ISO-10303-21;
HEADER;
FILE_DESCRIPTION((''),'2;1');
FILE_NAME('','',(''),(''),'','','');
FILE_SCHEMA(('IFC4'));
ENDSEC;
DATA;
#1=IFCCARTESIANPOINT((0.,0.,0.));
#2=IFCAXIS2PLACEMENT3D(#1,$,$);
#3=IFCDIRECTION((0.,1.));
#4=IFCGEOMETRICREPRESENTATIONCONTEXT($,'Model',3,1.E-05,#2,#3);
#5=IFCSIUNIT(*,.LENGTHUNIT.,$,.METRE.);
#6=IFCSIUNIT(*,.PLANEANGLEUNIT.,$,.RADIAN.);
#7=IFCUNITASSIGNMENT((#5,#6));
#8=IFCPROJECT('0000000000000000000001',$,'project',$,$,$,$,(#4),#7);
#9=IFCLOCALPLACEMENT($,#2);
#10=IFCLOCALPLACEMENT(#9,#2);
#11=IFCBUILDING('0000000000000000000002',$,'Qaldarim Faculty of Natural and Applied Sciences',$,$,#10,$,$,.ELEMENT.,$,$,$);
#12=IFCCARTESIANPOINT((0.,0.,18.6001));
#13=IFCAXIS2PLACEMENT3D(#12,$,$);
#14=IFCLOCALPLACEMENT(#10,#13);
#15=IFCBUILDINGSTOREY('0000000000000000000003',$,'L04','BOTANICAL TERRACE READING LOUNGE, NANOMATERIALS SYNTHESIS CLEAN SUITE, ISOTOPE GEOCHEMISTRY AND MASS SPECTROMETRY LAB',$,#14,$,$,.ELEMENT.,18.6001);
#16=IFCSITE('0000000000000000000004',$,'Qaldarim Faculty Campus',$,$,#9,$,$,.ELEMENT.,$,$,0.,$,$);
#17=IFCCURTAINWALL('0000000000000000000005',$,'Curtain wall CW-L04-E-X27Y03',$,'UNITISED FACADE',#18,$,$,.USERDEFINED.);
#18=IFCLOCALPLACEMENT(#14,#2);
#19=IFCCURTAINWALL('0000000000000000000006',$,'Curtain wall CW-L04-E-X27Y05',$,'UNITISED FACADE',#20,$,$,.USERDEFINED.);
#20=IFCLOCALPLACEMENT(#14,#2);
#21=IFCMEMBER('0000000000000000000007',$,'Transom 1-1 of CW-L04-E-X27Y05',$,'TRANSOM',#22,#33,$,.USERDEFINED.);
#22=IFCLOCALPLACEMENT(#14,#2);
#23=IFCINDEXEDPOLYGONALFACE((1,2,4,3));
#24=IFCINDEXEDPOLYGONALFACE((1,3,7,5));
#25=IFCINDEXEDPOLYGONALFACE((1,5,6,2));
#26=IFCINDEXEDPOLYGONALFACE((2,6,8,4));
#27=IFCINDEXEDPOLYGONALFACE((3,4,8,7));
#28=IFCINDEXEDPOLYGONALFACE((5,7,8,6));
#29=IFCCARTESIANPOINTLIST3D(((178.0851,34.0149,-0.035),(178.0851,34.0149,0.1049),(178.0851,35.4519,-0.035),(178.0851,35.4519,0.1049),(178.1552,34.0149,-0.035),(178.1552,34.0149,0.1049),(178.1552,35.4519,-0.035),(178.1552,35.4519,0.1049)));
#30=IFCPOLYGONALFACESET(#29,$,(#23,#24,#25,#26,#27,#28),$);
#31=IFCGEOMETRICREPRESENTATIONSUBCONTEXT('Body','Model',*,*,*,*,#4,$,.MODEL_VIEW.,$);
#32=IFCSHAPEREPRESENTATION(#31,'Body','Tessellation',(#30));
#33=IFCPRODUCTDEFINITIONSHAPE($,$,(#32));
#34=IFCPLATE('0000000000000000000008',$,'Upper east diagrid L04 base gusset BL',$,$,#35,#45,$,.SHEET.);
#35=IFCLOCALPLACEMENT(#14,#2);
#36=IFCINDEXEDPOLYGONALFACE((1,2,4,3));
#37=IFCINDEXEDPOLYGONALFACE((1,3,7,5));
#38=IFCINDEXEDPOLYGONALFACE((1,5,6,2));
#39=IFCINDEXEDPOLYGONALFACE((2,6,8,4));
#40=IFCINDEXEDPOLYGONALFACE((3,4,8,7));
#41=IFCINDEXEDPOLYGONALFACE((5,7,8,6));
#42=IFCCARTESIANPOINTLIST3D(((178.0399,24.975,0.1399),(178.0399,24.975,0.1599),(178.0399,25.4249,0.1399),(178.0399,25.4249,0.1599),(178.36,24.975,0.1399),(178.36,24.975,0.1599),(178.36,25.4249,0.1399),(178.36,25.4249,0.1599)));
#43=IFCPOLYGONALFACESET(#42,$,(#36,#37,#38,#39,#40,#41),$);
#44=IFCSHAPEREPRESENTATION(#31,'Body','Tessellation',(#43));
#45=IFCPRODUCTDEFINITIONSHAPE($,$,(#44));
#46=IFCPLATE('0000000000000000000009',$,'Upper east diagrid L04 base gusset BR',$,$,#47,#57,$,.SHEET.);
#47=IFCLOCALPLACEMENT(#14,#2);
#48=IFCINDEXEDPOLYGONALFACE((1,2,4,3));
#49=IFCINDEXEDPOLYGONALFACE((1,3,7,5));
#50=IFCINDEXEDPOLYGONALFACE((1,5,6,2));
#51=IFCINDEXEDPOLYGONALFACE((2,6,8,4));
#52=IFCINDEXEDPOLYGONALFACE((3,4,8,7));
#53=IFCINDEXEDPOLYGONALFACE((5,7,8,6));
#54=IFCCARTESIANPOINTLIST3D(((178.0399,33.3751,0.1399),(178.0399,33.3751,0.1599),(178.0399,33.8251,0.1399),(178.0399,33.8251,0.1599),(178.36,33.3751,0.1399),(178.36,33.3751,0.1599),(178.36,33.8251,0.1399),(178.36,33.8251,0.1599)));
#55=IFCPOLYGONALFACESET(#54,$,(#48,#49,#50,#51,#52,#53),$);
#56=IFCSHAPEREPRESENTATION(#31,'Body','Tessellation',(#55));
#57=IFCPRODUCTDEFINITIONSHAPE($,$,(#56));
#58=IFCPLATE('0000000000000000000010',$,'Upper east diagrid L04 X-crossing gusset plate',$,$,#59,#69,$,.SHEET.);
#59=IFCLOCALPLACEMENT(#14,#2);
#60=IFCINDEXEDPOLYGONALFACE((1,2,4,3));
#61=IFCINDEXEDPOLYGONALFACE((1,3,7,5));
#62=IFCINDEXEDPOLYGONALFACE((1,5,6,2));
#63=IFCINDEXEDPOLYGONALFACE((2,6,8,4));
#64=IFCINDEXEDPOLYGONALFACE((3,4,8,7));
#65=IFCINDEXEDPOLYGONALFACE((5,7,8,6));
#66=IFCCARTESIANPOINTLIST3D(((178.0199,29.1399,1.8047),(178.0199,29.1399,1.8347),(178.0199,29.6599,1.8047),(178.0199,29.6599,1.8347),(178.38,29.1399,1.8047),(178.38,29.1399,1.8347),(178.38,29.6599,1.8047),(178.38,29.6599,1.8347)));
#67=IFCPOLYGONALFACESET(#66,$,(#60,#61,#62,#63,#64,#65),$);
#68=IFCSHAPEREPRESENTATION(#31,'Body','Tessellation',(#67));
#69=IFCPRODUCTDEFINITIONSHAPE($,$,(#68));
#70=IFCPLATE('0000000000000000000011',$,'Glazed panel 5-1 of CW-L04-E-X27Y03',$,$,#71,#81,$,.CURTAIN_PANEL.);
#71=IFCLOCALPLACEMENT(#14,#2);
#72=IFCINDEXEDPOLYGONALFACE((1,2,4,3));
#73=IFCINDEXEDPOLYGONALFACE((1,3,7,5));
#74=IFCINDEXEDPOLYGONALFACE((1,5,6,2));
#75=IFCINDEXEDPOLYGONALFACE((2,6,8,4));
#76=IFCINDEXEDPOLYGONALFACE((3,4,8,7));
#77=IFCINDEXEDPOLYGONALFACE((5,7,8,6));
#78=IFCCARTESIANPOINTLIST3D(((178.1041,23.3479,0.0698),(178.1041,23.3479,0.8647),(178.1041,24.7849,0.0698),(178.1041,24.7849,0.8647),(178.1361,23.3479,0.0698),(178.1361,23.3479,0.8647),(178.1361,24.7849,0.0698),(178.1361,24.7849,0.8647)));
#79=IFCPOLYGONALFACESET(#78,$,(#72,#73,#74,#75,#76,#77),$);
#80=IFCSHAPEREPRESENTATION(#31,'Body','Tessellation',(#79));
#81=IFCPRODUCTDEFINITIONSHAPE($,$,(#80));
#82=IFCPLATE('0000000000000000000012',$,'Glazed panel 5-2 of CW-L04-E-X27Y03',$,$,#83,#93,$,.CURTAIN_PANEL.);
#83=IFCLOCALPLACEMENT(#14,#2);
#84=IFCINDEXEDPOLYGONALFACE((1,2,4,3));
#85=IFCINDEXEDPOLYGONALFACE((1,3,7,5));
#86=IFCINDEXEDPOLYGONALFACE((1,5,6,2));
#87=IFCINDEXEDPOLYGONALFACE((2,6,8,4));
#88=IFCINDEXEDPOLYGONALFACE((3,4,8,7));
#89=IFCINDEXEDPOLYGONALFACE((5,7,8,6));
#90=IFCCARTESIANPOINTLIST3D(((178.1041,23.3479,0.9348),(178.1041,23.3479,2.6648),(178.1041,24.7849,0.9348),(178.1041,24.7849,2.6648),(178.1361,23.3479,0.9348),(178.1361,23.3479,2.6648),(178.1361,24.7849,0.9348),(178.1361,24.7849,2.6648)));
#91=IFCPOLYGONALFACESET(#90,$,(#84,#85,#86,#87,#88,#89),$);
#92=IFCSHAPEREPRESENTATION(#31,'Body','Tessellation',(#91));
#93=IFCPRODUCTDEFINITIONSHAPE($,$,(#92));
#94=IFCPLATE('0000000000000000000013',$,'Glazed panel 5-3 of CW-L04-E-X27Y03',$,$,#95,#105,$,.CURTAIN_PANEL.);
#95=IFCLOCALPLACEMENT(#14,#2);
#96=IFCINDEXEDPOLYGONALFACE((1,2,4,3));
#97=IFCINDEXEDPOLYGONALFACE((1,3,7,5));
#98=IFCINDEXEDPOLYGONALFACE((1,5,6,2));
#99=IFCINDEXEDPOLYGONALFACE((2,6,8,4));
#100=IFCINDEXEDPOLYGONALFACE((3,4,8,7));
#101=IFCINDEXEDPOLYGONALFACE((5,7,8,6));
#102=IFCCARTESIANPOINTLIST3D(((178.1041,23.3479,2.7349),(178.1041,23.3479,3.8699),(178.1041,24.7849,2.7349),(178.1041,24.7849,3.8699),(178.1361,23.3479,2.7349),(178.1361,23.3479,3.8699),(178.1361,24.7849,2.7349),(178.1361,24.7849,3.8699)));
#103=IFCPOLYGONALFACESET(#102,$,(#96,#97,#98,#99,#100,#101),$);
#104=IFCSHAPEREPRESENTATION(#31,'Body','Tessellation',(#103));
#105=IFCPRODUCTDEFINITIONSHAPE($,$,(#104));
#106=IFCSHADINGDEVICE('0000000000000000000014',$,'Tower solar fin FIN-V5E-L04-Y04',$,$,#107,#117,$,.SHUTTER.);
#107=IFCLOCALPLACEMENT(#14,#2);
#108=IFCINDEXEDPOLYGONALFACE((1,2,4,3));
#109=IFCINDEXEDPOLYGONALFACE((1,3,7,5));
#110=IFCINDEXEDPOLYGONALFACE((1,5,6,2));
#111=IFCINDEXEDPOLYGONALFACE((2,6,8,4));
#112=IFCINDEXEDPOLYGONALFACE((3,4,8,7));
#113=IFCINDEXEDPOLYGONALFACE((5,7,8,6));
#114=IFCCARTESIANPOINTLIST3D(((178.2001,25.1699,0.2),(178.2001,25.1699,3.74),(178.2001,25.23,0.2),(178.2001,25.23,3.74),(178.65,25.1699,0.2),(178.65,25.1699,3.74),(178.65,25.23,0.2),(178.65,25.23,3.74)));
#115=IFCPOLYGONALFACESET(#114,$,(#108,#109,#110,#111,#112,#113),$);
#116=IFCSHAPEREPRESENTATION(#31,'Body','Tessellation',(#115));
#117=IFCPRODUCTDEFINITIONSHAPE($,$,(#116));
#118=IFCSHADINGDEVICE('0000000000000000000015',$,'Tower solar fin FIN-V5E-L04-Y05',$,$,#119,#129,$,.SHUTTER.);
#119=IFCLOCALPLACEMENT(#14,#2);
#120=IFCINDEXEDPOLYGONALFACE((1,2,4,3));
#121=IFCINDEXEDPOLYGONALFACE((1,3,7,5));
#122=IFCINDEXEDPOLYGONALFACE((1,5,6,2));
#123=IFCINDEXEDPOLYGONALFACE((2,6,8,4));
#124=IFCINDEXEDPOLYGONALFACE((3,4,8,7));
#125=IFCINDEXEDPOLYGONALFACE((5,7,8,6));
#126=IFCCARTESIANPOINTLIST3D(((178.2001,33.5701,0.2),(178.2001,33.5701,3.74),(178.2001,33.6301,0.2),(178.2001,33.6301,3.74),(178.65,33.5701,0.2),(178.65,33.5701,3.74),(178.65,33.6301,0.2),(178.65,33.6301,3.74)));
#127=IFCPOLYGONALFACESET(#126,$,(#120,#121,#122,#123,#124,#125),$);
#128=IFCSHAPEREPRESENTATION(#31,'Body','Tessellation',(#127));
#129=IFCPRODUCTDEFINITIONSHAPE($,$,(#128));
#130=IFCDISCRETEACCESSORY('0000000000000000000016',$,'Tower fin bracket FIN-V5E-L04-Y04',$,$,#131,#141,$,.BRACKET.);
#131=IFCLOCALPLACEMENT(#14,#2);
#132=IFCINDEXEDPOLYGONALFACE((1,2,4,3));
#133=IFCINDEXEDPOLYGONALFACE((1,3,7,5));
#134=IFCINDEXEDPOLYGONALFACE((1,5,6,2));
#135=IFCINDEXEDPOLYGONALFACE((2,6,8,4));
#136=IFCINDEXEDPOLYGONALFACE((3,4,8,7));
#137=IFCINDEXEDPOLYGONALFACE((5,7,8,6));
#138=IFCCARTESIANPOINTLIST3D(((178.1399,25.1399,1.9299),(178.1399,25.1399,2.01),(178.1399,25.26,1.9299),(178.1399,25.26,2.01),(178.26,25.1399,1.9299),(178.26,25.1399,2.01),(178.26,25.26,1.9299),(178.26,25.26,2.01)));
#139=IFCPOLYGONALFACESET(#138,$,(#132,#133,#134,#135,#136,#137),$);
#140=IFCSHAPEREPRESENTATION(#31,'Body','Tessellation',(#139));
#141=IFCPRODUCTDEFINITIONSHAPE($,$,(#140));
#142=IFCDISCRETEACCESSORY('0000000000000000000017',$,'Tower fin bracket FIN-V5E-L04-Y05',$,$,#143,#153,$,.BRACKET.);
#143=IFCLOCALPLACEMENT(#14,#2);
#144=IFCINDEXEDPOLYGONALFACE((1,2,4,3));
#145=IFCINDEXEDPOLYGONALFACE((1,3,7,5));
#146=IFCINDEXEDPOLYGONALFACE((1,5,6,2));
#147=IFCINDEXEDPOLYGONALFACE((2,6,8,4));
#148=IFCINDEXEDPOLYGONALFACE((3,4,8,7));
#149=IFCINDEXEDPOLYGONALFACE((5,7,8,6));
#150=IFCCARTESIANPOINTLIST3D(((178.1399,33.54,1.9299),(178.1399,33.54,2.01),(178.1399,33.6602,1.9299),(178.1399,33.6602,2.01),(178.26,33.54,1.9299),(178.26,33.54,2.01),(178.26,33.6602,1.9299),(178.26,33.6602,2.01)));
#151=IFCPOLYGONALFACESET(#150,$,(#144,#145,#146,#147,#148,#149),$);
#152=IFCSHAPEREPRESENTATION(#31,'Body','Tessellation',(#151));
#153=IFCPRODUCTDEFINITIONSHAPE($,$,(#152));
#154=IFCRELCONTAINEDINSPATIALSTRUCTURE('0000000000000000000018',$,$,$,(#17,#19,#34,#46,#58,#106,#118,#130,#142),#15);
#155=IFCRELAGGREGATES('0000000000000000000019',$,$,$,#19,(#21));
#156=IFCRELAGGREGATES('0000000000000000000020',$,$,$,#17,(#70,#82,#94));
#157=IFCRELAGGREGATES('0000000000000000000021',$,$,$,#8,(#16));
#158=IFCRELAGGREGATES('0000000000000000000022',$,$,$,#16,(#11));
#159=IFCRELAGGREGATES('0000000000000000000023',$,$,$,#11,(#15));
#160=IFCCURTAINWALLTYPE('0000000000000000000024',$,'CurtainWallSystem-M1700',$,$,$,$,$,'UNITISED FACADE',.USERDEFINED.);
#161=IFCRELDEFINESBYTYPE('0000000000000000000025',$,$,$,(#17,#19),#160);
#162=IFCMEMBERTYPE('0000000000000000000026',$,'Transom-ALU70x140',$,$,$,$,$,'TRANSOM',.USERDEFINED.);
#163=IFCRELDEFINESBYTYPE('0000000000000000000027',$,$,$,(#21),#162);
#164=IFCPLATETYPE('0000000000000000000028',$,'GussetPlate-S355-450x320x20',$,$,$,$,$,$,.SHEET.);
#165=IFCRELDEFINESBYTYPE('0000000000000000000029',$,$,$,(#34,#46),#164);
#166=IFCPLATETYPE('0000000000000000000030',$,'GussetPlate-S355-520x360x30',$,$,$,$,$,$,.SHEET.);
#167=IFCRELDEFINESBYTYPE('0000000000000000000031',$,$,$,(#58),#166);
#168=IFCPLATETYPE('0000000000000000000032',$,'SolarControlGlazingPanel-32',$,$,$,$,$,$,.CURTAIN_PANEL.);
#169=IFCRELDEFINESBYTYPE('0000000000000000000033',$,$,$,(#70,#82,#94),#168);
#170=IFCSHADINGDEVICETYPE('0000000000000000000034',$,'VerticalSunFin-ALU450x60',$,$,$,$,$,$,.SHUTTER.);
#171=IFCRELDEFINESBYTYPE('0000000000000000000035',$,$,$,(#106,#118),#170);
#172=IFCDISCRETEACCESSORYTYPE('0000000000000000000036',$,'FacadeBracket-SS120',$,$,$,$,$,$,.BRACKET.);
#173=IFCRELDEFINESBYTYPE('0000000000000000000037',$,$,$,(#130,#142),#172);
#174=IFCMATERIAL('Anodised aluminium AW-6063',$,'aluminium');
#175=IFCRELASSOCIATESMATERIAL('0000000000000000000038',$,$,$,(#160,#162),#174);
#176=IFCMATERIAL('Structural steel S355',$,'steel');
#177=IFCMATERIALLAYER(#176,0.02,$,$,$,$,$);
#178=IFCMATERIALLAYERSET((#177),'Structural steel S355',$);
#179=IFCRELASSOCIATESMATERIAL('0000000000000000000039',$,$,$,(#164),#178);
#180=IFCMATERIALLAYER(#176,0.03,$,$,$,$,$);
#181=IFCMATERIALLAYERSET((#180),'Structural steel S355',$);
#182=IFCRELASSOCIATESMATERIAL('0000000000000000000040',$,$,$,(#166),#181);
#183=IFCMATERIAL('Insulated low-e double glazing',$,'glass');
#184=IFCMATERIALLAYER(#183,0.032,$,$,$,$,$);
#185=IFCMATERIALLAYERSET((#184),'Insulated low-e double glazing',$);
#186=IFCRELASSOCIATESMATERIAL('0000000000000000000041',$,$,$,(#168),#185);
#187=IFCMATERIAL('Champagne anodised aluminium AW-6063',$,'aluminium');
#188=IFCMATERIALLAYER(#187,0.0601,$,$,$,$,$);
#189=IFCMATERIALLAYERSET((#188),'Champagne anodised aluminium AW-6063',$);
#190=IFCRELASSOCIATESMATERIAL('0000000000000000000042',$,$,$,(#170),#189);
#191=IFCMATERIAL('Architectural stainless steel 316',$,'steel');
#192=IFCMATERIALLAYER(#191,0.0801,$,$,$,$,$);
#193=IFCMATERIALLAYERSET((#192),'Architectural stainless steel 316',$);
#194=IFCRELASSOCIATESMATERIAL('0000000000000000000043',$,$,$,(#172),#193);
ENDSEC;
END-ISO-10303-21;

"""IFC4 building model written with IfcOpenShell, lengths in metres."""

from ifc_helpers import new_model, si_unit, direction, frame, origin, origin_2d, place, context, subcontext, project, spatial, rectangle, extrude, material, layer, layer_set, material_profile, profile_set, type_object, element, aggregate, save


model = new_model("IFC4")

# Units and contexts
model_context = context("Model", 3, precision=1e-05, world=origin(), true_north=direction((0.0, 1.0)))
body_context = subcontext(model_context, "Body", "Model", "MODEL_VIEW")
ifc_project = project(units=[si_unit("LENGTHUNIT", "METRE"), si_unit("PLANEANGLEUNIT", "RADIAN")], contexts=[model_context])

# Site, building, storey
site_placement = place(None, origin())
site = spatial("IfcSite", under=ifc_project, at=site_placement, Name="Qaldarim Faculty Campus", CompositionType="ELEMENT", RefElevation=0.0)
building_placement = place(site_placement, origin())
building = spatial("IfcBuilding", under=site, at=building_placement, Name="Qaldarim Faculty of Natural and Applied Sciences", CompositionType="ELEMENT")
storey_placement = place(building_placement, frame((0.0, 0.0, 18.6001)))
storey = spatial("IfcBuildingStorey", under=building, at=storey_placement, Name="L04", Description="BOTANICAL TERRACE READING LOUNGE, NANOMATERIALS SYNTHESIS CLEAN SUITE, ISOTOPE GEOCHEMISTRY AND MASS SPECTROMETRY LAB", CompositionType="ELEMENT", Elevation=18.6001)

# Shared definitions
ifc_material_1 = material(Name="Structural steel S355", Category="steel")

# Curtain walls
ifc_material_2 = material(Name="Anodised aluminium AW-6063", Category="aluminium")
curtain_wall_type = type_object("IfcCurtainWallType", Name="CurtainWallSystem-M1700", ElementType="UNITISED FACADE", PredefinedType="USERDEFINED", material=ifc_material_2)
curtain_wall_1_placement = place(storey_placement, origin())
curtain_wall_1 = element("IfcCurtainWall", 1, at=curtain_wall_1_placement, inside=storey, type_object=curtain_wall_type, Name="Curtain wall CW-L04-E-X27Y03", ObjectType="UNITISED FACADE", PredefinedType="USERDEFINED")
curtain_wall_2_placement = place(storey_placement, origin())
curtain_wall_2 = element("IfcCurtainWall", 2, at=curtain_wall_2_placement, inside=storey, type_object=curtain_wall_type, Name="Curtain wall CW-L04-E-X27Y05", ObjectType="UNITISED FACADE", PredefinedType="USERDEFINED")

# Member
ifc_material_profile_1 = material_profile(ifc_material_2, rectangle(XDim=0.0701, YDim=0.1399, at=origin_2d()), Name="ALU-T70x140")
ifc_profile_set_1 = profile_set([ifc_material_profile_1], Name="Anodised aluminium AW-6063")
member_type_1 = type_object("IfcMemberType", Name="Transom-ALU70x140", ElementType="TRANSOM", PredefinedType="USERDEFINED", material=ifc_profile_set_1)
member_1_placement = place(storey_placement, frame((178.1201, 34.0149, 0.0349), z_axis=(0.0, 1.0, 0.0), x_axis=(-1.0, 0.0, 0.0)))
member_1 = element("IfcMember", 3, at=member_1_placement, type_object=member_type_1, Name="Transom 1-1 of CW-L04-E-X27Y05", ObjectType="TRANSOM", PredefinedType="USERDEFINED", context=body_context, shape_type="SweptSolid", body=[
    extrude(rectangle(XDim=0.0701, YDim=0.1399, at=origin_2d()), origin(), (0.0, 0.0, 1.0), 1.437),
])
aggregate(curtain_wall_2, [member_1])

# Plates
ifc_layer_1 = layer(ifc_material_1, 0.02)
ifc_layer_set_1 = layer_set([ifc_layer_1], Name="Structural steel S355")
plate_type_1 = type_object("IfcPlateType", Name="GussetPlate-S355-450x320x20", PredefinedType="SHEET", material=ifc_layer_set_1)
for number, where, z_axis, x_axis, name in (
    (4, (178.2, 25.2, 0.1399), (0.0, 0.0, 1.0), (0.0, 1.0, 0.0), "Upper east diagrid L04 base gusset BL"),
    (5, (178.2, 33.6001, 0.1399), (0.0, 0.0, 1.0), (0.0, 1.0, 0.0), "Upper east diagrid L04 base gusset BR"),
):
    element("IfcPlate", number, at=place(storey_placement, frame(where, z_axis=z_axis, x_axis=x_axis)), inside=storey, type_object=plate_type_1, Name=name, PredefinedType="SHEET", context=body_context, shape_type="SweptSolid", body=[
        extrude(rectangle(XDim=0.45, YDim=0.3201, at=origin_2d()), origin(), (0.0, 0.0, 1.0), 0.02),
    ])
ifc_layer_2 = layer(ifc_material_1, 0.03)
ifc_layer_set_2 = layer_set([ifc_layer_2], Name="Structural steel S355")
plate_type_2 = type_object("IfcPlateType", Name="GussetPlate-S355-520x360x30", PredefinedType="SHEET", material=ifc_layer_set_2)
plate_1_placement = place(storey_placement, frame((178.2, 29.3999, 1.8047), z_axis=(0.0, 0.0, 1.0), x_axis=(0.0, 1.0, 0.0)))
element("IfcPlate", 6, at=plate_1_placement, inside=storey, type_object=plate_type_2, Name="Upper east diagrid L04 X-crossing gusset plate", PredefinedType="SHEET", context=body_context, shape_type="SweptSolid", body=[
    extrude(rectangle(XDim=0.52, YDim=0.3601, at=origin_2d()), origin(), (0.0, 0.0, 1.0), 0.03),
])

# Plates
ifc_material_3 = material(Name="Insulated low-e double glazing", Category="glass")
ifc_layer_3 = layer(ifc_material_3, 0.032)
ifc_layer_set_3 = layer_set([ifc_layer_3], Name="Insulated low-e double glazing")
plate_type_3 = type_object("IfcPlateType", Name="SolarControlGlazingPanel-32", PredefinedType="CURTAIN_PANEL", material=ifc_layer_set_3)
plate_2_placement = place(storey_placement, frame((178.1201, 24.0664, 0.0698), z_axis=(0.0, 0.0, 1.0), x_axis=(0.0, 1.0, 0.0)))
plate_2 = element("IfcPlate", 7, at=plate_2_placement, type_object=plate_type_3, Name="Glazed panel 5-1 of CW-L04-E-X27Y03", PredefinedType="CURTAIN_PANEL", context=body_context, shape_type="SweptSolid", body=[
    extrude(rectangle(XDim=1.437, YDim=0.032, at=origin_2d()), origin(), (0.0, 0.0, 1.0), 0.7949),
])
plate_3_placement = place(storey_placement, frame((178.1201, 24.0664, 0.9348), z_axis=(0.0, 0.0, 1.0), x_axis=(0.0, 1.0, 0.0)))
plate_3 = element("IfcPlate", 8, at=plate_3_placement, type_object=plate_type_3, Name="Glazed panel 5-2 of CW-L04-E-X27Y03", PredefinedType="CURTAIN_PANEL", context=body_context, shape_type="SweptSolid", body=[
    extrude(rectangle(XDim=1.437, YDim=0.032, at=origin_2d()), origin(), (0.0, 0.0, 1.0), 1.73),
])
plate_4_placement = place(storey_placement, frame((178.1201, 24.0664, 2.7349), z_axis=(0.0, 0.0, 1.0), x_axis=(0.0, 1.0, 0.0)))
plate_4 = element("IfcPlate", 9, at=plate_4_placement, type_object=plate_type_3, Name="Glazed panel 5-3 of CW-L04-E-X27Y03", PredefinedType="CURTAIN_PANEL", context=body_context, shape_type="SweptSolid", body=[
    extrude(rectangle(XDim=1.437, YDim=0.032, at=origin_2d()), origin(), (0.0, 0.0, 1.0), 1.135),
])
aggregate(curtain_wall_1, [plate_2, plate_3, plate_4])

# Shading devices
ifc_material_4 = material(Name="Champagne anodised aluminium AW-6063", Category="aluminium")
ifc_layer_4 = layer(ifc_material_4, 0.0601)
ifc_layer_set_4 = layer_set([ifc_layer_4], Name="Champagne anodised aluminium AW-6063")
shading_device_type = type_object("IfcShadingDeviceType", Name="VerticalSunFin-ALU450x60", PredefinedType="SHUTTER", material=ifc_layer_set_4)
for number, where, z_axis, x_axis, name in (
    (10, (178.425, 25.2, 0.2), (0.0, 0.0, 1.0), (1.0, 0.0, 0.0), "Tower solar fin FIN-V5E-L04-Y04"),
    (11, (178.425, 33.6001, 0.2), (0.0, 0.0, 1.0), (1.0, 0.0, 0.0), "Tower solar fin FIN-V5E-L04-Y05"),
):
    element("IfcShadingDevice", number, at=place(storey_placement, frame(where, z_axis=z_axis, x_axis=x_axis)), inside=storey, type_object=shading_device_type, Name=name, PredefinedType="SHUTTER", context=body_context, shape_type="SweptSolid", body=[
        extrude(rectangle(XDim=0.45, YDim=0.0601, at=origin_2d()), origin(), (0.0, 0.0, 1.0), 3.54),
    ])

# Discrete accessories
ifc_material_5 = material(Name="Architectural stainless steel 316", Category="steel")
ifc_layer_5 = layer(ifc_material_5, 0.0801)
ifc_layer_set_5 = layer_set([ifc_layer_5], Name="Architectural stainless steel 316")
discrete_accessory_type = type_object("IfcDiscreteAccessoryType", Name="FacadeBracket-SS120", PredefinedType="BRACKET", material=ifc_layer_set_5)
for number, where, z_axis, x_axis, name in (
    (12, (178.2, 25.2, 1.9299), (0.0, 0.0, 1.0), (1.0, 0.0, 0.0), "Tower fin bracket FIN-V5E-L04-Y04"),
    (13, (178.2, 33.6001, 1.9299), (0.0, 0.0, 1.0), (1.0, 0.0, 0.0), "Tower fin bracket FIN-V5E-L04-Y05"),
):
    element("IfcDiscreteAccessory", number, at=place(storey_placement, frame(where, z_axis=z_axis, x_axis=x_axis)), inside=storey, type_object=discrete_accessory_type, Name=name, PredefinedType="BRACKET", context=body_context, shape_type="SweptSolid", body=[
        extrude(rectangle(XDim=0.1201, YDim=0.1201, at=origin_2d()), origin(), (0.0, 0.0, 1.0), 0.0801),
    ])

save(model, "model.ifc")
